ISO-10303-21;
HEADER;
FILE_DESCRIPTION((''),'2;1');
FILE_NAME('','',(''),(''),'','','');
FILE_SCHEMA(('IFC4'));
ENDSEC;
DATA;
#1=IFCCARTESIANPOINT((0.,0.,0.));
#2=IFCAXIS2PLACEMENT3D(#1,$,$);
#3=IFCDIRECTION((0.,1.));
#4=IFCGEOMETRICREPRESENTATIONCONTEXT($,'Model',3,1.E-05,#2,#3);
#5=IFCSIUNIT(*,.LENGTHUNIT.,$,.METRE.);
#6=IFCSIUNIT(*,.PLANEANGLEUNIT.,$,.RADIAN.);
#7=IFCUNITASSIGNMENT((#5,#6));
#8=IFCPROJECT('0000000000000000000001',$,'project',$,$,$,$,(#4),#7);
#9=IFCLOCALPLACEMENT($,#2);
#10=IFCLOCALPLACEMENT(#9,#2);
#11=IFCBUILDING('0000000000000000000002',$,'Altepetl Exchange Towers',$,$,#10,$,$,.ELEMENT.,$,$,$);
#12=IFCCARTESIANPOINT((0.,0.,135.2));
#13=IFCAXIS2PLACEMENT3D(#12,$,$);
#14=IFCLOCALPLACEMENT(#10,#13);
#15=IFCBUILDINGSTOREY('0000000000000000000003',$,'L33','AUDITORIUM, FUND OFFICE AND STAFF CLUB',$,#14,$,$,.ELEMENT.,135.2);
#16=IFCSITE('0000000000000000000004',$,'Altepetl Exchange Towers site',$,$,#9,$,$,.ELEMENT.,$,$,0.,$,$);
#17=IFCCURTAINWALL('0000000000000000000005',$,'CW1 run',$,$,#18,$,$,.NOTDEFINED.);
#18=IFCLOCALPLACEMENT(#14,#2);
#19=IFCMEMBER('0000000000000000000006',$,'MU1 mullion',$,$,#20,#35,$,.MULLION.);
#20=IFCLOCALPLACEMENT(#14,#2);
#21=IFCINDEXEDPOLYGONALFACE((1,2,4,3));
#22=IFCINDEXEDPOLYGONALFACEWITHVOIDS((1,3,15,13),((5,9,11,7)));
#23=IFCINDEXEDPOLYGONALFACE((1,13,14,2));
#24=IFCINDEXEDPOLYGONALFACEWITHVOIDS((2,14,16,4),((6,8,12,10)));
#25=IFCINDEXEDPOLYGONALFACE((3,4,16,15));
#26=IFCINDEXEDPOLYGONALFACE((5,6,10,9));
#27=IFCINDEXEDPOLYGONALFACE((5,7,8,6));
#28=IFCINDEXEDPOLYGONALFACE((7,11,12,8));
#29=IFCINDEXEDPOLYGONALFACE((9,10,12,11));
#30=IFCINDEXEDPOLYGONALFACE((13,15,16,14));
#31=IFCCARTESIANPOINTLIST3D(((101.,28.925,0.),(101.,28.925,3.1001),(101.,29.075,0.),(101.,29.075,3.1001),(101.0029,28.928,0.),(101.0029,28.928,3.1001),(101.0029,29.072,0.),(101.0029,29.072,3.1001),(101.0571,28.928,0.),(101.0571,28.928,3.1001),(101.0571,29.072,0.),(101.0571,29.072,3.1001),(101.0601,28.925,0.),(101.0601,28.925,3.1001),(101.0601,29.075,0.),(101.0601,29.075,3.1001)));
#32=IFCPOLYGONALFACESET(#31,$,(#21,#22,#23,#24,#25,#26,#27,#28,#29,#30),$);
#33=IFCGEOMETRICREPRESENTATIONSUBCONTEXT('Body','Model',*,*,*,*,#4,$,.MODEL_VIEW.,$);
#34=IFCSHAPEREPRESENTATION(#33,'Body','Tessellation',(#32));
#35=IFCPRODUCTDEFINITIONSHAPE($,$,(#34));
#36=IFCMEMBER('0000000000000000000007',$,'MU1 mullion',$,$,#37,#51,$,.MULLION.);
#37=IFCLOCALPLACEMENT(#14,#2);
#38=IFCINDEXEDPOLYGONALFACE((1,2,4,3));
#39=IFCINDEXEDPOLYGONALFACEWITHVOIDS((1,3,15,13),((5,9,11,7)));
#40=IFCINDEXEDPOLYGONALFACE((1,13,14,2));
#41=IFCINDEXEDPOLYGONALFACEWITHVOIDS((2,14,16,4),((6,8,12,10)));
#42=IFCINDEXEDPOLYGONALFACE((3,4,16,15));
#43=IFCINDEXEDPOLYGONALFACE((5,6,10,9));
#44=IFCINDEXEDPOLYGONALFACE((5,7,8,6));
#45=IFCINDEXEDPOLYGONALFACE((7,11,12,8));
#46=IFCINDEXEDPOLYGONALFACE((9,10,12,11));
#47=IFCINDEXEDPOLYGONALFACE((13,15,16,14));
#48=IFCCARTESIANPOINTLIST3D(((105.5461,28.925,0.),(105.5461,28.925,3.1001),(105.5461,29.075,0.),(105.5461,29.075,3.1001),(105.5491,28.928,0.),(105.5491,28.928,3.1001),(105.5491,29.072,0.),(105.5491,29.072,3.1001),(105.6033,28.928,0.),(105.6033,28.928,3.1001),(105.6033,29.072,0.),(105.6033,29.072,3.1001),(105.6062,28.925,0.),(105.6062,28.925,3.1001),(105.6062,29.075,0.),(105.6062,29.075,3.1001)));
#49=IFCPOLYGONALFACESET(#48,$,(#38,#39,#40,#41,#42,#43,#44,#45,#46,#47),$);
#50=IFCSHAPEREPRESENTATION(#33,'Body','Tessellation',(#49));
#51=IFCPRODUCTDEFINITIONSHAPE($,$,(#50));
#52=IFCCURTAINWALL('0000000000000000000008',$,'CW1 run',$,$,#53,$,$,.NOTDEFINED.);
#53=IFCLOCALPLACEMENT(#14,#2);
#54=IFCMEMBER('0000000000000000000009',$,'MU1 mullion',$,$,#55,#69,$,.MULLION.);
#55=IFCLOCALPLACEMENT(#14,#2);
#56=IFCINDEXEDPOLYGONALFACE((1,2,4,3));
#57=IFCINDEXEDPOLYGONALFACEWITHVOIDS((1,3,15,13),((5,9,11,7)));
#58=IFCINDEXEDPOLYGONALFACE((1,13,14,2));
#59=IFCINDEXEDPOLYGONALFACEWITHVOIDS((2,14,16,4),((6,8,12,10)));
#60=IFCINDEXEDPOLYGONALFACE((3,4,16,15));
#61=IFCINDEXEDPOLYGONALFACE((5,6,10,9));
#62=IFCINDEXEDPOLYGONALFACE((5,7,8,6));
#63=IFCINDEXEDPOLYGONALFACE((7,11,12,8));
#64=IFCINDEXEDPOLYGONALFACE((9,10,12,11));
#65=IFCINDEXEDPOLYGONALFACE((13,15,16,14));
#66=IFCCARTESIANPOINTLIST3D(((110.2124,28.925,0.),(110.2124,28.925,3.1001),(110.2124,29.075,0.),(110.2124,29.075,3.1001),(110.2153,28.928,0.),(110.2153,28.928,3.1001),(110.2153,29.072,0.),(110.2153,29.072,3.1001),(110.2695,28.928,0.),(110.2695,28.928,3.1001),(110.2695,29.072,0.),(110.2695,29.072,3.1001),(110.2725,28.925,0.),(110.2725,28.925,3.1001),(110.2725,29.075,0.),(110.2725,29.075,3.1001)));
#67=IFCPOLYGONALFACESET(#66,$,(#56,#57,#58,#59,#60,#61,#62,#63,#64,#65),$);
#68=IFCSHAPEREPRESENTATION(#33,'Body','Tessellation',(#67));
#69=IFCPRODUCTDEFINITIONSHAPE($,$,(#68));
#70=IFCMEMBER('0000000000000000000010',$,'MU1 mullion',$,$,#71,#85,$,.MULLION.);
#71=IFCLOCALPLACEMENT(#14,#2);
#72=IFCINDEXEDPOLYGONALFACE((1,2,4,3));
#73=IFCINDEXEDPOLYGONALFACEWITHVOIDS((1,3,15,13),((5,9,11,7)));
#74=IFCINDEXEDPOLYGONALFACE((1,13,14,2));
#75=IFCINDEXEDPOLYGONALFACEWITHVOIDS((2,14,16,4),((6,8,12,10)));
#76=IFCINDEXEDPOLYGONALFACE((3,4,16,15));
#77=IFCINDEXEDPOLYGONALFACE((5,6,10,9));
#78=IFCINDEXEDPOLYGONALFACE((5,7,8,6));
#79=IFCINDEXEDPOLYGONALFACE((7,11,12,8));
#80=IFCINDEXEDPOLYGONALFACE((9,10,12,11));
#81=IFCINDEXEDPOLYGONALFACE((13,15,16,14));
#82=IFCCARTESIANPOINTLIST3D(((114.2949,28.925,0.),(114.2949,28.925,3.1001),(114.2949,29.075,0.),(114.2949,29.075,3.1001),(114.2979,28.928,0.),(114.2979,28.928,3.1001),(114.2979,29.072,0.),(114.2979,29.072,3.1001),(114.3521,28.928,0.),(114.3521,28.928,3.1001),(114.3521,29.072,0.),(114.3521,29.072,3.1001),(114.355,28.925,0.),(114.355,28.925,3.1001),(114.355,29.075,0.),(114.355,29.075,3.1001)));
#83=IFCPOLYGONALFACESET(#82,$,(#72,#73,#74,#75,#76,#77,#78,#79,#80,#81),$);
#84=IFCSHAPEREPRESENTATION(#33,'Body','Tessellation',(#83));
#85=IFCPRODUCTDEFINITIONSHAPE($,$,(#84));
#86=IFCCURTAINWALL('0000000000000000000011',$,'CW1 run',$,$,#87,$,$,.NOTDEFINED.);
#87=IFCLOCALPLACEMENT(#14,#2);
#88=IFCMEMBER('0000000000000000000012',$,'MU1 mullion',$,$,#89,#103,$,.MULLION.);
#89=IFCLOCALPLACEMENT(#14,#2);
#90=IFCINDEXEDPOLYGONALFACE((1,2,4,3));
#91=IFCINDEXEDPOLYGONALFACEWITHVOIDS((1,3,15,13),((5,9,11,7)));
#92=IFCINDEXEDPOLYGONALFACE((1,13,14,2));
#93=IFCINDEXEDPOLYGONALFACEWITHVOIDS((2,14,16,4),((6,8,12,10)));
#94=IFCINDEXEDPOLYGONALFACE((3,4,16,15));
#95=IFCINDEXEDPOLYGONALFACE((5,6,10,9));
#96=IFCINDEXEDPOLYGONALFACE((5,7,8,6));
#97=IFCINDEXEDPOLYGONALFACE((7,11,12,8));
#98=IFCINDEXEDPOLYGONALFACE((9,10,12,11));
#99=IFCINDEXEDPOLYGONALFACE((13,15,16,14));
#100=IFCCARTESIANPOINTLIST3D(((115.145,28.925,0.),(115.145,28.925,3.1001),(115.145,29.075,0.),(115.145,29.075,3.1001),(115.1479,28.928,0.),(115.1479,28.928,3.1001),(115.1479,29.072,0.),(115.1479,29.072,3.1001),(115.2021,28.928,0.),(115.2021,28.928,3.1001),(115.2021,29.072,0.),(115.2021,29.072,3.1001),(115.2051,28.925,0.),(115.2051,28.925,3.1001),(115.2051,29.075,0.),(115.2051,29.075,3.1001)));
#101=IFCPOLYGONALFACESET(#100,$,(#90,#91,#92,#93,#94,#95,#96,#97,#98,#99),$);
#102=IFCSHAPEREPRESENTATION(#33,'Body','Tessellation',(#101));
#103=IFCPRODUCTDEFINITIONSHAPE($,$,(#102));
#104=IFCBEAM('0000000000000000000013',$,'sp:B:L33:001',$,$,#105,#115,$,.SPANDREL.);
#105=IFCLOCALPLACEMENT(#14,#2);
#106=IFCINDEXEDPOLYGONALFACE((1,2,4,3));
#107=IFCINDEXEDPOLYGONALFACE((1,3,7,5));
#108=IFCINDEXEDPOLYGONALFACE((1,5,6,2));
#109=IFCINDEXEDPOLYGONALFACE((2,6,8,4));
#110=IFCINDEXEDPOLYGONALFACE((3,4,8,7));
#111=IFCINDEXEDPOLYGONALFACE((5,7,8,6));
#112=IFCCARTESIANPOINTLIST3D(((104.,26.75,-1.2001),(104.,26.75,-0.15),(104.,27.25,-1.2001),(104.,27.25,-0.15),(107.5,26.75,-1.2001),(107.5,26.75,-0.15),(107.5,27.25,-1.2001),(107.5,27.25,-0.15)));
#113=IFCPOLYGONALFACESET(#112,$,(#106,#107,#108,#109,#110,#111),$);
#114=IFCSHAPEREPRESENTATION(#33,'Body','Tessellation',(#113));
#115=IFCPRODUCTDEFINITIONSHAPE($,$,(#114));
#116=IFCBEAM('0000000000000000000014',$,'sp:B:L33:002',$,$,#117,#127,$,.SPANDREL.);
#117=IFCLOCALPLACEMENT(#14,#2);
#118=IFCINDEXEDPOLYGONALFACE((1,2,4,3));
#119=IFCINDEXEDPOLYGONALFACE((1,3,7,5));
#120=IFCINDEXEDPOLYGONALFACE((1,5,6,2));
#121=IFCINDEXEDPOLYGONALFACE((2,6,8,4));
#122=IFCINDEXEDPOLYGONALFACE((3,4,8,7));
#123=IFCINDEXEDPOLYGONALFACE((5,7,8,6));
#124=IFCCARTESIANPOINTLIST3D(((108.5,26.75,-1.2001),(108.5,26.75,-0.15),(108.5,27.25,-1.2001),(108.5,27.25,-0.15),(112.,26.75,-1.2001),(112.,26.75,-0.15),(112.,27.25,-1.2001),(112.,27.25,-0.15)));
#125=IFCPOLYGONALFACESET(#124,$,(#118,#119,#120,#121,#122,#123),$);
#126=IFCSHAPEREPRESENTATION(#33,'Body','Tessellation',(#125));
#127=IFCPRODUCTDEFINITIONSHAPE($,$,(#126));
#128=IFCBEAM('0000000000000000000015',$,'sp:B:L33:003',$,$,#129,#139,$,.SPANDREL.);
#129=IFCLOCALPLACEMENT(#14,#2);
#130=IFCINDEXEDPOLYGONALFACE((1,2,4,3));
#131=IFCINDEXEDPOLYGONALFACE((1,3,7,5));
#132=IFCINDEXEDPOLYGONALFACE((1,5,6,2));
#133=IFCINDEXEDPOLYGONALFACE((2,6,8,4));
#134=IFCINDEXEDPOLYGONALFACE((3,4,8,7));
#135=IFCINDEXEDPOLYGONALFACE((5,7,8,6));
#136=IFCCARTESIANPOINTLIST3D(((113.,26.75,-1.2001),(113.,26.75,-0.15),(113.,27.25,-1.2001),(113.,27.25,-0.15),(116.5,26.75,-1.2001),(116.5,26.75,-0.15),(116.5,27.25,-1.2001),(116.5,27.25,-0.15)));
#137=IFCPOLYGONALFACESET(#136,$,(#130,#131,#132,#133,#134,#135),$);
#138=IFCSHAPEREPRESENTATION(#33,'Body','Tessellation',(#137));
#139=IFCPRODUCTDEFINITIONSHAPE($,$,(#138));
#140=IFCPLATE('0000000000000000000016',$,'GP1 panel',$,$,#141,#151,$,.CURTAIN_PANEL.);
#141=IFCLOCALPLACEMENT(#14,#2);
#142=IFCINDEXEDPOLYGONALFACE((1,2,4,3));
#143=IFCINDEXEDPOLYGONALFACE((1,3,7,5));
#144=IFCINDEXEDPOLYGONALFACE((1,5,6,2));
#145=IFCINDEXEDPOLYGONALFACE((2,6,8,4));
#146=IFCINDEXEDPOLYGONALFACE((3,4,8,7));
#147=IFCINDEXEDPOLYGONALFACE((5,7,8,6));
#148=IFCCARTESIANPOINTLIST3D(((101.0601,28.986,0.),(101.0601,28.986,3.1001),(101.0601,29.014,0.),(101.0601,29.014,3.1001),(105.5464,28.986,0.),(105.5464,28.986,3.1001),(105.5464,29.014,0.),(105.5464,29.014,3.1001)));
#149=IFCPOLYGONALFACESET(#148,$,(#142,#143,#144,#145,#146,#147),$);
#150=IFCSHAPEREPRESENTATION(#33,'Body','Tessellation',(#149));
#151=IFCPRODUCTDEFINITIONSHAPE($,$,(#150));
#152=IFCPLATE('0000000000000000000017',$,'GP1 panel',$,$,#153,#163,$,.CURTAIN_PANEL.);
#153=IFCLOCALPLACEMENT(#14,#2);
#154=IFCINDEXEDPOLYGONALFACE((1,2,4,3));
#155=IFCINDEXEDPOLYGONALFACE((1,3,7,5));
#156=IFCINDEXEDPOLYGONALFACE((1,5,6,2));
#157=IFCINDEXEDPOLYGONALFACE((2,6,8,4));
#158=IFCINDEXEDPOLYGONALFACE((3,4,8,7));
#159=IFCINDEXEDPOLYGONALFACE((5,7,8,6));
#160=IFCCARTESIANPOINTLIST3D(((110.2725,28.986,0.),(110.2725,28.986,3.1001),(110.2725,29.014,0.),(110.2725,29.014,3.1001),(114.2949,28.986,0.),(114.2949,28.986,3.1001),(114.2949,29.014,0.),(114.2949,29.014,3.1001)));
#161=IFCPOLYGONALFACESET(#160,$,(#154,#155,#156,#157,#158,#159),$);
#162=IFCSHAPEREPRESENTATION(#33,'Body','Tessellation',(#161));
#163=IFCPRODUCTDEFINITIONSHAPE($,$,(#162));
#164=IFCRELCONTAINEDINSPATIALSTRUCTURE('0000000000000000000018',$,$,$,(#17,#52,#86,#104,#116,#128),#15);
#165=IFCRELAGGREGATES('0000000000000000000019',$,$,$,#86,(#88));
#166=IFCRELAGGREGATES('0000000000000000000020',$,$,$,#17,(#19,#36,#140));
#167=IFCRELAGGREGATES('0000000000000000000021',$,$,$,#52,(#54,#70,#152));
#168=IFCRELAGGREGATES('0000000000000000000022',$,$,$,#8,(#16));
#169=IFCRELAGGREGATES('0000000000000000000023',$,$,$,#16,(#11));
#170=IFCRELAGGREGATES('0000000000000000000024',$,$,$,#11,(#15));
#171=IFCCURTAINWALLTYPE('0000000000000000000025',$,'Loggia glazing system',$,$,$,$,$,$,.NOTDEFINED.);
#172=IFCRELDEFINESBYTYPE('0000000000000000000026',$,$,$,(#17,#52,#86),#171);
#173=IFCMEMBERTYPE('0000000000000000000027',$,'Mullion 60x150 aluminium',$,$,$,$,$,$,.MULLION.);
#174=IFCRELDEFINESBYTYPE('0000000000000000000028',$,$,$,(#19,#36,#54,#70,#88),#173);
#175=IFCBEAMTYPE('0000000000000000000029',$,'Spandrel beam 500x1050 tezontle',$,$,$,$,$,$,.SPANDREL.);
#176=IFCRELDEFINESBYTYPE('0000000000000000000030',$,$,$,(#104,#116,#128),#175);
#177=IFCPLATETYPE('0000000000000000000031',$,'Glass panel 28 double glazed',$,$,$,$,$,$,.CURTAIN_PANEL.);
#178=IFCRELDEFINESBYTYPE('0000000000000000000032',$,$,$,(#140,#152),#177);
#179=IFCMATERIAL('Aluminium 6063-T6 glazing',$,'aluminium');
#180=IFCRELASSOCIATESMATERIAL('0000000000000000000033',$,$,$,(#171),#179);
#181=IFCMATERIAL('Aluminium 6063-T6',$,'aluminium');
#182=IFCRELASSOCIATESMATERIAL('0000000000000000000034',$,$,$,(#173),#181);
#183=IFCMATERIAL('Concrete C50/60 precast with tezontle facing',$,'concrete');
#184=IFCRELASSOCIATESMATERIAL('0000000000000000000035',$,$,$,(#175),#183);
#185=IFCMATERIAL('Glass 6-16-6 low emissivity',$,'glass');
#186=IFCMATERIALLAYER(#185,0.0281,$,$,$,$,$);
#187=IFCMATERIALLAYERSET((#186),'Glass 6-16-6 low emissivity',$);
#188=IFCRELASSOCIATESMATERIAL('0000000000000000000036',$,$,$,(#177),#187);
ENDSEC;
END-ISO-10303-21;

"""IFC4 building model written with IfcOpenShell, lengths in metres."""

from ifc_helpers import new_model, si_unit, direction, frame, origin, origin_2d, place, context, subcontext, project, spatial, rectangle, hollow_rectangle, extrude, material, layer, layer_set, material_profile, profile_set, type_object, element, aggregate, save


model = new_model("IFC4")

# Units and contexts
model_context = context("Model", 3, precision=1e-05, world=origin(), true_north=direction((0.0, 1.0)))
body_context = subcontext(model_context, "Body", "Model", "MODEL_VIEW")
ifc_project = project(units=[si_unit("LENGTHUNIT", "METRE"), si_unit("PLANEANGLEUNIT", "RADIAN")], contexts=[model_context])

# Site, building, storey
site_placement = place(None, origin())
site = spatial("IfcSite", under=ifc_project, at=site_placement, Name="Altepetl Exchange Towers site", CompositionType="ELEMENT", RefElevation=0.0)
building_placement = place(site_placement, origin())
building = spatial("IfcBuilding", under=site, at=building_placement, Name="Altepetl Exchange Towers", CompositionType="ELEMENT")
storey_placement = place(building_placement, frame((0.0, 0.0, 135.2)))
storey = spatial("IfcBuildingStorey", under=building, at=storey_placement, Name="L33", Description="AUDITORIUM, FUND OFFICE AND STAFF CLUB", CompositionType="ELEMENT", Elevation=135.2)

# Curtain walls, members
ifc_material_1 = material(Name="Aluminium 6063-T6 glazing", Category="aluminium")
curtain_wall_type = type_object("IfcCurtainWallType", Name="Loggia glazing system", PredefinedType="NOTDEFINED", material=ifc_material_1)
curtain_wall_1_placement = place(storey_placement, origin())
curtain_wall_1 = element("IfcCurtainWall", 1, at=curtain_wall_1_placement, inside=storey, type_object=curtain_wall_type, Name="CW1 run", PredefinedType="NOTDEFINED")
ifc_material_2 = material(Name="Aluminium 6063-T6", Category="aluminium")
ifc_material_profile_1 = material_profile(ifc_material_2, hollow_rectangle(XDim=0.0601, YDim=0.1499, WallThickness=0.0029, at=origin_2d()), Name="Mullion 60x150 aluminium")
ifc_profile_set_1 = profile_set([ifc_material_profile_1], Name="Aluminium 6063-T6")
member_type = type_object("IfcMemberType", Name="Mullion 60x150 aluminium", PredefinedType="MULLION", material=ifc_profile_set_1)
member_1_placement = place(storey_placement, frame((101.03, 29.0, 0.0)))
member_1 = element("IfcMember", 2, at=member_1_placement, type_object=member_type, Name="MU1 mullion", PredefinedType="MULLION", context=body_context, shape_type="SweptSolid", body=[
    extrude(hollow_rectangle(XDim=0.0601, YDim=0.1499, WallThickness=0.0029, at=origin_2d()), origin(), (0.0, 0.0, 1.0), 3.1001),
])
member_2_placement = place(storey_placement, frame((105.5762, 29.0, 0.0)))
member_2 = element("IfcMember", 3, at=member_2_placement, type_object=member_type, Name="MU1 mullion", PredefinedType="MULLION", context=body_context, shape_type="SweptSolid", body=[
    extrude(hollow_rectangle(XDim=0.0601, YDim=0.1499, WallThickness=0.0029, at=origin_2d()), origin(), (0.0, 0.0, 1.0), 3.1001),
])
curtain_wall_2_placement = place(storey_placement, origin())
curtain_wall_2 = element("IfcCurtainWall", 4, at=curtain_wall_2_placement, inside=storey, type_object=curtain_wall_type, Name="CW1 run", PredefinedType="NOTDEFINED")
member_3_placement = place(storey_placement, frame((110.2424, 29.0, 0.0)))
member_3 = element("IfcMember", 5, at=member_3_placement, type_object=member_type, Name="MU1 mullion", PredefinedType="MULLION", context=body_context, shape_type="SweptSolid", body=[
    extrude(hollow_rectangle(XDim=0.0601, YDim=0.1499, WallThickness=0.0029, at=origin_2d()), origin(), (0.0, 0.0, 1.0), 3.1001),
])
member_4_placement = place(storey_placement, frame((114.325, 29.0, 0.0)))
member_4 = element("IfcMember", 6, at=member_4_placement, type_object=member_type, Name="MU1 mullion", PredefinedType="MULLION", context=body_context, shape_type="SweptSolid", body=[
    extrude(hollow_rectangle(XDim=0.0601, YDim=0.1499, WallThickness=0.0029, at=origin_2d()), origin(), (0.0, 0.0, 1.0), 3.1001),
])

# Curtain wall, member
curtain_wall_3_placement = place(storey_placement, origin())
curtain_wall_3 = element("IfcCurtainWall", 7, at=curtain_wall_3_placement, inside=storey, type_object=curtain_wall_type, Name="CW1 run", PredefinedType="NOTDEFINED")
member_5_placement = place(storey_placement, frame((115.175, 29.0, 0.0)))
member_5 = element("IfcMember", 8, at=member_5_placement, type_object=member_type, Name="MU1 mullion", PredefinedType="MULLION", context=body_context, shape_type="SweptSolid", body=[
    extrude(hollow_rectangle(XDim=0.0601, YDim=0.1499, WallThickness=0.0029, at=origin_2d()), origin(), (0.0, 0.0, 1.0), 3.1001),
])
aggregate(curtain_wall_3, [member_5])

# Beams
ifc_material_3 = material(Name="Concrete C50/60 precast with tezontle facing", Category="concrete")
ifc_material_profile_2 = material_profile(ifc_material_3, rectangle(XDim=0.5, YDim=1.05, at=origin_2d()), Name="500 x 1050")
ifc_profile_set_2 = profile_set([ifc_material_profile_2], Name="Concrete C50/60 precast with tezontle facing")
beam_type_1 = type_object("IfcBeamType", Name="Spandrel beam 500x1050 tezontle", PredefinedType="SPANDREL", material=ifc_profile_set_2)
for number, where, z_axis, x_axis, name in (
    (9, (104.0, 27.0, -0.675), (1.0, 0.0, 0.0), (0.0, 1.0, 0.0), "sp:B:L33:001"),
    (10, (108.5, 27.0, -0.675), (1.0, 0.0, 0.0), (0.0, 1.0, 0.0), "sp:B:L33:002"),
    (11, (113.0, 27.0, -0.675), (1.0, 0.0, 0.0), (0.0, 1.0, 0.0), "sp:B:L33:003"),
):
    element("IfcBeam", number, at=place(storey_placement, frame(where, z_axis=z_axis, x_axis=x_axis)), inside=storey, type_object=beam_type_1, Name=name, PredefinedType="SPANDREL", context=body_context, shape_type="SweptSolid", body=[
        extrude(rectangle(XDim=0.5, YDim=1.05, at=origin_2d()), origin(), (0.0, 0.0, 1.0), 3.5),
    ])

# Plates
ifc_material_4 = material(Name="Glass 6-16-6 low emissivity", Category="glass")
ifc_layer_1 = layer(ifc_material_4, 0.0281)
ifc_layer_set_1 = layer_set([ifc_layer_1], Name="Glass 6-16-6 low emissivity")
plate_type = type_object("IfcPlateType", Name="Glass panel 28 double glazed", PredefinedType="CURTAIN_PANEL", material=ifc_layer_set_1)
plate_1_placement = place(storey_placement, frame((103.3032, 29.0, 0.0)))
plate_1 = element("IfcPlate", 12, at=plate_1_placement, type_object=plate_type, Name="GP1 panel", PredefinedType="CURTAIN_PANEL", context=body_context, shape_type="SweptSolid", body=[
    extrude(rectangle(XDim=4.4863, YDim=0.0281, at=origin_2d()), origin(), (0.0, 0.0, 1.0), 3.1001),
])
aggregate(curtain_wall_1, [member_1, member_2, plate_1])
plate_2_placement = place(storey_placement, frame((112.2837, 29.0, 0.0)))
plate_2 = element("IfcPlate", 13, at=plate_2_placement, type_object=plate_type, Name="GP1 panel", PredefinedType="CURTAIN_PANEL", context=body_context, shape_type="SweptSolid", body=[
    extrude(rectangle(XDim=4.0225, YDim=0.0281, at=origin_2d()), origin(), (0.0, 0.0, 1.0), 3.1001),
])
aggregate(curtain_wall_2, [member_3, member_4, plate_2])

save(model, "model.ifc")
